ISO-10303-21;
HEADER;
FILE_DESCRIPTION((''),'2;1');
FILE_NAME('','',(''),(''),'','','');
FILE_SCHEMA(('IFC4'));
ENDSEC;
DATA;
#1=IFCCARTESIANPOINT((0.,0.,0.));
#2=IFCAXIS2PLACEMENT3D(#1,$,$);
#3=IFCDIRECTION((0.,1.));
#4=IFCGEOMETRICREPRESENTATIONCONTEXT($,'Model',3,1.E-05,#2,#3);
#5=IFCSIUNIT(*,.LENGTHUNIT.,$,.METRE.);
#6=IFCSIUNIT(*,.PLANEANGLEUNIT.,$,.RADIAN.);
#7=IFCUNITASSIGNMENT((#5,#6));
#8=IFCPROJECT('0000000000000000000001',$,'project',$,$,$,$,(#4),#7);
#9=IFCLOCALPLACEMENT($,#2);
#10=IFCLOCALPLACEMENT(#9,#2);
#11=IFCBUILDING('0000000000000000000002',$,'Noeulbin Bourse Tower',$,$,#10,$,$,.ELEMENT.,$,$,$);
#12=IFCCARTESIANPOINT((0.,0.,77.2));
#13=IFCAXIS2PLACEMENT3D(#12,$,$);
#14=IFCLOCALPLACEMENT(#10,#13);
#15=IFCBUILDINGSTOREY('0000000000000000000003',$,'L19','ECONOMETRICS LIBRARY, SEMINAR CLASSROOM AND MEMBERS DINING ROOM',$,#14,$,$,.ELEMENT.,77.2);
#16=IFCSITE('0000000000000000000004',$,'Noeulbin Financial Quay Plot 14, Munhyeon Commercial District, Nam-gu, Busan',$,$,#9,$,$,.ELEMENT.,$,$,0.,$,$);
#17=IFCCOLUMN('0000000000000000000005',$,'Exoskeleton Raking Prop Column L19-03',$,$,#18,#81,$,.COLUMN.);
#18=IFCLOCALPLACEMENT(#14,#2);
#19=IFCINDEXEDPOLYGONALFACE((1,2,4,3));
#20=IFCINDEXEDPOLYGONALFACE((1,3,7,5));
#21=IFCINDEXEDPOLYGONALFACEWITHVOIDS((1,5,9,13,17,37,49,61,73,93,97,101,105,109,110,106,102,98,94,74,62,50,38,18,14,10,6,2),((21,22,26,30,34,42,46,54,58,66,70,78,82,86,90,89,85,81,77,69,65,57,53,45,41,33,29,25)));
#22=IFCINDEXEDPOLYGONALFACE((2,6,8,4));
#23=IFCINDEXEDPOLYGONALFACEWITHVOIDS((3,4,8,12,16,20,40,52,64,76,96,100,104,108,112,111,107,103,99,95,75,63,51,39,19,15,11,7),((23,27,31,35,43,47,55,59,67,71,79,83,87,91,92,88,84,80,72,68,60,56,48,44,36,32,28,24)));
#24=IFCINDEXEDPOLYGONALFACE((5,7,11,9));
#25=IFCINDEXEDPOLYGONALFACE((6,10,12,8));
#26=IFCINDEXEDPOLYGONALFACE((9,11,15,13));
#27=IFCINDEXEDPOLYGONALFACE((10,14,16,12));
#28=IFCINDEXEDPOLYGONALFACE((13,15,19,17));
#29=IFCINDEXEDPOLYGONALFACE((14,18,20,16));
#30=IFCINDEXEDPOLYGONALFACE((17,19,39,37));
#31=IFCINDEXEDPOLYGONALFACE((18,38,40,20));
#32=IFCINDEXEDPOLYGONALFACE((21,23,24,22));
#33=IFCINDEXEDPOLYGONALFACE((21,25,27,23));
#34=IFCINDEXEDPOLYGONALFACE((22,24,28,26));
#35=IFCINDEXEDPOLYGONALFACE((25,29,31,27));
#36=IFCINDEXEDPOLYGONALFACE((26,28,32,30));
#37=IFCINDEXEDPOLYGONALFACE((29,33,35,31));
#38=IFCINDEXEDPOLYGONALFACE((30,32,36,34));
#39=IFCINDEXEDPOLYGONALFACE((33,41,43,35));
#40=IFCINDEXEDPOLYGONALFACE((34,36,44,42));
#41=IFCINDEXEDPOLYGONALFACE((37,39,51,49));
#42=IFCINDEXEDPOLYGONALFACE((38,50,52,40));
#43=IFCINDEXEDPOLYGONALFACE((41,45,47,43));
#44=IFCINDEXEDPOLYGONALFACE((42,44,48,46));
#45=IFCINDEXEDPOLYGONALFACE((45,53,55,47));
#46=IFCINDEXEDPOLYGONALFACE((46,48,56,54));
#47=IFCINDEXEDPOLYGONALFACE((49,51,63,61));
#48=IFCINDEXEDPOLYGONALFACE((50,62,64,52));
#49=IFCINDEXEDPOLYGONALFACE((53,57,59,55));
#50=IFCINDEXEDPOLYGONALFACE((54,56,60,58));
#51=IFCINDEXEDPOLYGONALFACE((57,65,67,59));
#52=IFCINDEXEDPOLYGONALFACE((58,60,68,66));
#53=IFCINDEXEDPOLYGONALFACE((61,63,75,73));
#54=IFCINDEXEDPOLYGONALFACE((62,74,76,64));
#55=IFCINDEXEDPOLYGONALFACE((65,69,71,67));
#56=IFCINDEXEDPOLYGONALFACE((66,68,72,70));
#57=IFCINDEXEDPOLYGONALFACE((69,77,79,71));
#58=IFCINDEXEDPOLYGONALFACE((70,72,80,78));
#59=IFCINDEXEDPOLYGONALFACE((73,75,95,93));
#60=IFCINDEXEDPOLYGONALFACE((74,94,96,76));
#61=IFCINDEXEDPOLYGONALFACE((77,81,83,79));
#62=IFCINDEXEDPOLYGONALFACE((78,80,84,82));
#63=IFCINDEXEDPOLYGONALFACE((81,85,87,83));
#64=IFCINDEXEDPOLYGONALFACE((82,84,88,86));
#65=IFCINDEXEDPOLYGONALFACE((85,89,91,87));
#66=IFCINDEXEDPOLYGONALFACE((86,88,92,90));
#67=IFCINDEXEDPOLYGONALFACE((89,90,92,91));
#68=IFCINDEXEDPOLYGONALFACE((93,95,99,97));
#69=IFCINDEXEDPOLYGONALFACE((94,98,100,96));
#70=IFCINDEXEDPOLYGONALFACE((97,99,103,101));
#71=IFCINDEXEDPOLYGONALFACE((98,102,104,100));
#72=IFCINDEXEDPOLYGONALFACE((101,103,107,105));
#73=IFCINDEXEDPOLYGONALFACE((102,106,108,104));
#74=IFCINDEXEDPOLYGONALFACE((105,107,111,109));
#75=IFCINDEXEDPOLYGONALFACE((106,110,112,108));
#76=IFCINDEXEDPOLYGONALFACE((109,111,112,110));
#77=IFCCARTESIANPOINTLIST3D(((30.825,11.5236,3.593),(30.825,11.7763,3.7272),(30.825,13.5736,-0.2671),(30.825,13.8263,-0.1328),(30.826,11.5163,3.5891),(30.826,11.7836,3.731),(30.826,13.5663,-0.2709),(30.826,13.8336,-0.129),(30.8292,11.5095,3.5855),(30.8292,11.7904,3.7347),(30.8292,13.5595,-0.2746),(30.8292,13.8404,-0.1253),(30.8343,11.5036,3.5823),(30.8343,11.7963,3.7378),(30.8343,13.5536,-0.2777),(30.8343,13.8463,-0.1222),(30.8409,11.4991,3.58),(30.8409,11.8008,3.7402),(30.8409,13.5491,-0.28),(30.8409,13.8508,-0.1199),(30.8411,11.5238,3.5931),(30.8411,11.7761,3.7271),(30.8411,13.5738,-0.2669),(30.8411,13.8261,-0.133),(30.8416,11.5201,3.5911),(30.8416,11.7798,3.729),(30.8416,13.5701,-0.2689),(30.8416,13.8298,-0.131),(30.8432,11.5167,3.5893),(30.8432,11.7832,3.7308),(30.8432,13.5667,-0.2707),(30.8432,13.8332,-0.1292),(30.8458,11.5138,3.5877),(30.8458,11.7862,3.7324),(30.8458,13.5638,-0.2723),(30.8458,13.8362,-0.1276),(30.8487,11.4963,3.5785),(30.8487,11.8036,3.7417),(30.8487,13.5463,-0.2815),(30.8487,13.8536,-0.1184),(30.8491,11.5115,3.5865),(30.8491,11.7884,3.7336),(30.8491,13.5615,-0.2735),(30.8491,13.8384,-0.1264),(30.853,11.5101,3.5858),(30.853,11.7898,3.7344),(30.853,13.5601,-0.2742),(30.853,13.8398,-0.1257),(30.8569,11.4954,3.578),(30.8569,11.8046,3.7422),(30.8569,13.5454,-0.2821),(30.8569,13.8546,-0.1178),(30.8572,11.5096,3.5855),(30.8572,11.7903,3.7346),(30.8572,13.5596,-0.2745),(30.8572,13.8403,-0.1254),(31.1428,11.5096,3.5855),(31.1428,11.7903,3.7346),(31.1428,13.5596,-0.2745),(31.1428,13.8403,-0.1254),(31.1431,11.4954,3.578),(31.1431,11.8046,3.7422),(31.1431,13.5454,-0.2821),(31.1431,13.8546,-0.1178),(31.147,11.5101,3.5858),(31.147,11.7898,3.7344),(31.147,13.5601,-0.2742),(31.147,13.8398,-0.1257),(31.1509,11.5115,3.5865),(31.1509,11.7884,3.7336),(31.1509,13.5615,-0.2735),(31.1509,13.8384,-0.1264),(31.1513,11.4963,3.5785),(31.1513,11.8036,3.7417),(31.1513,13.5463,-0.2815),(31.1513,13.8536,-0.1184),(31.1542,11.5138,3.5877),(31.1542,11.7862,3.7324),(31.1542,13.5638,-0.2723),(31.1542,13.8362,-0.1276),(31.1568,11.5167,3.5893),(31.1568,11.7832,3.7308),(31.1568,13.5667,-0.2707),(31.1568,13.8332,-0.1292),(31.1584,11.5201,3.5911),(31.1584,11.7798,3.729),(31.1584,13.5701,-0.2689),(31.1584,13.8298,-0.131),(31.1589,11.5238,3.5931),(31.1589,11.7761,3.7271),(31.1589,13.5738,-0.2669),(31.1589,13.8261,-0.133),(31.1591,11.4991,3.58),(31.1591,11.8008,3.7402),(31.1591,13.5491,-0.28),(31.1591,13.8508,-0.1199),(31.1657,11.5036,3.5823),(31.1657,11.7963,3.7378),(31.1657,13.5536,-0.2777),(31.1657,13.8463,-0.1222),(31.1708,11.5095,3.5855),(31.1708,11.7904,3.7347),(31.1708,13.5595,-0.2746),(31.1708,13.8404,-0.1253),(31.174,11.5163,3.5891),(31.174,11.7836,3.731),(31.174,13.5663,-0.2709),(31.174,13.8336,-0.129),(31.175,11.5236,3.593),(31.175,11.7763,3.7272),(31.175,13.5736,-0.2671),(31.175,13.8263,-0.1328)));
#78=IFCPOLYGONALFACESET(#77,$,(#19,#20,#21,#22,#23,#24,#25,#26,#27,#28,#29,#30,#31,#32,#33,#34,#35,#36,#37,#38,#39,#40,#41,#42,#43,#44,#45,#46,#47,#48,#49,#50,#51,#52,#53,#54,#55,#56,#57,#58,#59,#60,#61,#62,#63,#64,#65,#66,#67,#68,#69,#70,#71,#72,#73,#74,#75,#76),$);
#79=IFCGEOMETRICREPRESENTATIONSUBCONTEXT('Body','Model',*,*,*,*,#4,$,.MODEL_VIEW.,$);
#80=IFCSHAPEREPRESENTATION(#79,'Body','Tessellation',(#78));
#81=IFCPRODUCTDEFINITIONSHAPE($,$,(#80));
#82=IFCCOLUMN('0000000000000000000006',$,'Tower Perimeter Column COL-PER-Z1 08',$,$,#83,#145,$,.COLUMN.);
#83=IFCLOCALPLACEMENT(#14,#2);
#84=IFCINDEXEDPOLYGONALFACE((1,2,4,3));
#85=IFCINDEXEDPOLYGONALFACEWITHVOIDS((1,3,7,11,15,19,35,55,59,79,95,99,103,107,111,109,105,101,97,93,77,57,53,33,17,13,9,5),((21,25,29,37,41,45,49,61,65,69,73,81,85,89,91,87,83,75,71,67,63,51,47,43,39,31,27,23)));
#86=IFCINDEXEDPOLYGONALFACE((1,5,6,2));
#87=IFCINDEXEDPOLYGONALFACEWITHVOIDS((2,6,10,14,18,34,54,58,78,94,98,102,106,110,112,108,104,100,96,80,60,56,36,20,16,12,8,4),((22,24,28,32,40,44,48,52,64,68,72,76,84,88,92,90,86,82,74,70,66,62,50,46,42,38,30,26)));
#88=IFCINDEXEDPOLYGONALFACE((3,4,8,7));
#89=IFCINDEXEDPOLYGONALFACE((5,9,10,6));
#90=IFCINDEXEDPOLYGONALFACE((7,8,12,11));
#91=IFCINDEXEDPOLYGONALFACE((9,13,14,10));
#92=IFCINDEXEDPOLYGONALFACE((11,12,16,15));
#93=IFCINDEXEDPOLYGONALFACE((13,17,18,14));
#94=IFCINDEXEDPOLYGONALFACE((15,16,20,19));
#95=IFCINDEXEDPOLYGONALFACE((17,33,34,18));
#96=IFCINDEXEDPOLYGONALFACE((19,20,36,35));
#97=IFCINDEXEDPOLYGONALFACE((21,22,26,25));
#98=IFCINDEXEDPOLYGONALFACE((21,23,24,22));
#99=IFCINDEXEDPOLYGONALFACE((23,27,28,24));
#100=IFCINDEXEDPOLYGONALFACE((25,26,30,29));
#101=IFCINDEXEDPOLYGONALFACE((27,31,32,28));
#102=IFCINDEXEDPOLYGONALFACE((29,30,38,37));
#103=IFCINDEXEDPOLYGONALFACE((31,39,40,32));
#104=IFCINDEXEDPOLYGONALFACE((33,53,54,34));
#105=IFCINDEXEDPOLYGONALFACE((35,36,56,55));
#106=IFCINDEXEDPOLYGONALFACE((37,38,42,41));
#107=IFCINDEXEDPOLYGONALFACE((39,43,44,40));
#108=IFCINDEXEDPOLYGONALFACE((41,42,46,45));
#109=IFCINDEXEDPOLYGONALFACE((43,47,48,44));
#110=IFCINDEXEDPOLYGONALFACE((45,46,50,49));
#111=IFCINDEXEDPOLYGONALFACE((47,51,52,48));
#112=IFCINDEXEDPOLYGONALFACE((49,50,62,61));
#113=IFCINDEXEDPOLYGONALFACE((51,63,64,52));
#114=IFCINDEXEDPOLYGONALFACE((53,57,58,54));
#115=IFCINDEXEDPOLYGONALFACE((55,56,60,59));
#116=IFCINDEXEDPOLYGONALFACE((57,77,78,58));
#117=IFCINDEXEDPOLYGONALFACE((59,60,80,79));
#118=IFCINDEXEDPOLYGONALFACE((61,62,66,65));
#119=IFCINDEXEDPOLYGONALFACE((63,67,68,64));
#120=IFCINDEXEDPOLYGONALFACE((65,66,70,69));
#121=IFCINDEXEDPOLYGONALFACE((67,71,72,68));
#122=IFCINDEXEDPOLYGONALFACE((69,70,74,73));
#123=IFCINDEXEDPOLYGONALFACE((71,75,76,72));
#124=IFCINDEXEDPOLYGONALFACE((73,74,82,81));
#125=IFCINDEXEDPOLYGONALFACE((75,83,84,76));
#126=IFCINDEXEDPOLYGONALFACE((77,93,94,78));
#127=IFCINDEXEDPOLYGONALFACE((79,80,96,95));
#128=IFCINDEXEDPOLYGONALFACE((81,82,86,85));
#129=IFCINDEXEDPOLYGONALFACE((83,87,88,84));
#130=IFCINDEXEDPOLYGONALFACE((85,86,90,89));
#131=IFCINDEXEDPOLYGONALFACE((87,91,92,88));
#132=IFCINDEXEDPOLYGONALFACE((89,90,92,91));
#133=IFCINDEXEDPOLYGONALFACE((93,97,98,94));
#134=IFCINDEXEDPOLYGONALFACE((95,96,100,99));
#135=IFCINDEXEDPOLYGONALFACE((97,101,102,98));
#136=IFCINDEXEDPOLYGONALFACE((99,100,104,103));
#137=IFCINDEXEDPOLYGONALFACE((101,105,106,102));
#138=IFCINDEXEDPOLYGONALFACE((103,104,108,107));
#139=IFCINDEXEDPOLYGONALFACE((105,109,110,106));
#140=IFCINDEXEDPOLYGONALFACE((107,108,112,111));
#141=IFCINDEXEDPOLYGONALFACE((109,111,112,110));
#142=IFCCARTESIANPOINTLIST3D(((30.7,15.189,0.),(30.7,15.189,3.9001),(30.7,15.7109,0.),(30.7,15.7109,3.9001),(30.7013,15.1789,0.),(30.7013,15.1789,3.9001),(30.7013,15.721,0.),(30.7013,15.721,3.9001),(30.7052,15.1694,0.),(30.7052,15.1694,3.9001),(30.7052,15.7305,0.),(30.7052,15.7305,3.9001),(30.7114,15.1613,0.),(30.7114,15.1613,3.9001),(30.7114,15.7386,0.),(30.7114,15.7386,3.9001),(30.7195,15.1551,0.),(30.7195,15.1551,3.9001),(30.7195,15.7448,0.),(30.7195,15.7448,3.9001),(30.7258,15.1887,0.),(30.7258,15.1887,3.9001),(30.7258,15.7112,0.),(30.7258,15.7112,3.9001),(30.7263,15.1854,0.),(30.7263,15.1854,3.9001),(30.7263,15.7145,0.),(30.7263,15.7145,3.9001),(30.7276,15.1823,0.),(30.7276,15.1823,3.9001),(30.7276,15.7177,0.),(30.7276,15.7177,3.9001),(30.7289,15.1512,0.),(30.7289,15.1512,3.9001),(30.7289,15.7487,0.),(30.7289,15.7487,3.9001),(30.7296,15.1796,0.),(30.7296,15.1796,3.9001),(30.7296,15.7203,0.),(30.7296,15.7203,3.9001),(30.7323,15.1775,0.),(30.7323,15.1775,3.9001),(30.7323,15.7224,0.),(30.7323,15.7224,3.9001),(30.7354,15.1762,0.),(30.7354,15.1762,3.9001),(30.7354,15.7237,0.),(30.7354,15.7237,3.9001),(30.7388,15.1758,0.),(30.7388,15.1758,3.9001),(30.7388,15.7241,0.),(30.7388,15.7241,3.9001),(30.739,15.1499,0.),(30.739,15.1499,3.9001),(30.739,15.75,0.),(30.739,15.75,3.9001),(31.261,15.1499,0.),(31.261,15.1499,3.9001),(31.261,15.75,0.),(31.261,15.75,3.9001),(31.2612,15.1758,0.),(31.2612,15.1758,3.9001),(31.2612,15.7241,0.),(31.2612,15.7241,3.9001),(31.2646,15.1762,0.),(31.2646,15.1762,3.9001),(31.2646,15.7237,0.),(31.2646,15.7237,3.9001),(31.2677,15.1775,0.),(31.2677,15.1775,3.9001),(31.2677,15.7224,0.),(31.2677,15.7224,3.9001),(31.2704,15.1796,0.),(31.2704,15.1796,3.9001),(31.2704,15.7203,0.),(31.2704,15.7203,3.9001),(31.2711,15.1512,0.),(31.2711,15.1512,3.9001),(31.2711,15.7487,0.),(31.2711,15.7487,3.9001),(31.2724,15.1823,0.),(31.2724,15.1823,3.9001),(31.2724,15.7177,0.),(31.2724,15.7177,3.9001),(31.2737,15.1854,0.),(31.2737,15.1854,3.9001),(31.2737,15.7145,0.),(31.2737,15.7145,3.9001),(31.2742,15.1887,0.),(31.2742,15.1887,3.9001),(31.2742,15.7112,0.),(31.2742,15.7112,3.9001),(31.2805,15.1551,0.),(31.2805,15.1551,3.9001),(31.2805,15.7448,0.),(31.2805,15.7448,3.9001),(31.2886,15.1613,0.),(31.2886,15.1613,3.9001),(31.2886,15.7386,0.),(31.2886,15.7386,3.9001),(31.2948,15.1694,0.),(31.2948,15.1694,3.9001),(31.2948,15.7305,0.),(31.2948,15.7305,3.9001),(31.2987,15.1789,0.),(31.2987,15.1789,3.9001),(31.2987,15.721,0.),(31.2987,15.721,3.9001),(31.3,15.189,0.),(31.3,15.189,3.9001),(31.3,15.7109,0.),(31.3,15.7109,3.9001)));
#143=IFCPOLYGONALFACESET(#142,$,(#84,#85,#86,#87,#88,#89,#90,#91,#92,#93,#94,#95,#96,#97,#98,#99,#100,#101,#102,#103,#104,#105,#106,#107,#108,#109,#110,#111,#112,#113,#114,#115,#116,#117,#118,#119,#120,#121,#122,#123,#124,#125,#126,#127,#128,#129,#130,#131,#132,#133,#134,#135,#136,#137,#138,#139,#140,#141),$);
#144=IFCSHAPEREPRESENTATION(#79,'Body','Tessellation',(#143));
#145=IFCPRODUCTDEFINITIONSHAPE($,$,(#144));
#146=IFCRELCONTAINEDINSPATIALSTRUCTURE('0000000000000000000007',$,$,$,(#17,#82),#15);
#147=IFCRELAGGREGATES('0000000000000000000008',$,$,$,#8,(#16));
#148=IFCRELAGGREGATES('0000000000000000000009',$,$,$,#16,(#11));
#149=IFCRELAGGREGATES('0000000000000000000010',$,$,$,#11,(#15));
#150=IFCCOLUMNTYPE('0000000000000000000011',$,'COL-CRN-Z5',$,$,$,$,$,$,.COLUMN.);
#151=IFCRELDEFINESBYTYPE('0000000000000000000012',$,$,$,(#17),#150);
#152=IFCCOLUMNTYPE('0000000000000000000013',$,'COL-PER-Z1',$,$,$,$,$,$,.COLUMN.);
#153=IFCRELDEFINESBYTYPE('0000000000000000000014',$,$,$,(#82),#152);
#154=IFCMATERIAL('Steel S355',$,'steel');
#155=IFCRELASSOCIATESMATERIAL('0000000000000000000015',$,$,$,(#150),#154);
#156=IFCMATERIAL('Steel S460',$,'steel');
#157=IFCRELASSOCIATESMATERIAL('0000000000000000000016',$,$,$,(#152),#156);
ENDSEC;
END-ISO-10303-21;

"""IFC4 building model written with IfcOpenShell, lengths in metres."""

from ifc_helpers import new_model, si_unit, direction, frame, origin, origin_2d, place, context, subcontext, project, spatial, hollow_rectangle, extrude, material, material_profile, profile_set, type_object, element, save


model = new_model("IFC4")

# Units and contexts
model_context = context("Model", 3, precision=1e-05, world=origin(), true_north=direction((0.0, 1.0)))
body_context = subcontext(model_context, "Body", "Model", "MODEL_VIEW")
ifc_project = project(units=[si_unit("LENGTHUNIT", "METRE"), si_unit("PLANEANGLEUNIT", "RADIAN")], contexts=[model_context])

# Site, building, storey
site_placement = place(None, origin())
site = spatial("IfcSite", under=ifc_project, at=site_placement, Name="Noeulbin Financial Quay Plot 14, Munhyeon Commercial District, Nam-gu, Busan", CompositionType="ELEMENT", RefElevation=0.0)
building_placement = place(site_placement, origin())
building = spatial("IfcBuilding", under=site, at=building_placement, Name="Noeulbin Bourse Tower", CompositionType="ELEMENT")
storey_placement = place(building_placement, frame((0.0, 0.0, 77.2)))
storey = spatial("IfcBuildingStorey", under=building, at=storey_placement, Name="L19", Description="ECONOMETRICS LIBRARY, SEMINAR CLASSROOM AND MEMBERS DINING ROOM", CompositionType="ELEMENT", Elevation=77.2)

# Columns
ifc_material_1 = material(Name="Steel S355", Category="steel")
ifc_material_profile_1 = material_profile(ifc_material_1, hollow_rectangle(XDim=0.3501, YDim=0.3501, WallThickness=0.0161, InnerFilletRadius=0.0161, OuterFilletRadius=0.032, at=origin_2d()), Name="SHS-350x350x16", Category="LoadBearing")
ifc_profile_set_1 = profile_set([ifc_material_profile_1], Name="Steel S355")
column_type_1 = type_object("IfcColumnType", Name="COL-CRN-Z5", PredefinedType="COLUMN", material=ifc_profile_set_1)
column_1_placement = place(storey_placement, frame((31.0, 13.7, -0.2), z_axis=(0.0, -0.469042, 0.883176), x_axis=(1.0, 0.0, 0.0)))
element("IfcColumn", 1, at=column_1_placement, inside=storey, type_object=column_type_1, Name="Exoskeleton Raking Prop Column L19-03", PredefinedType="COLUMN", context=body_context, shape_type="SweptSolid", body=[
    extrude(hollow_rectangle(XDim=0.3501, YDim=0.3501, WallThickness=0.0161, InnerFilletRadius=0.0161, OuterFilletRadius=0.032, at=origin_2d()), origin(), (0.0, 0.0, 1.0), 4.3706),
])
ifc_material_2 = material(Name="Steel S460", Category="steel")
ifc_material_profile_2 = material_profile(ifc_material_2, hollow_rectangle(XDim=0.6001, YDim=0.6001, WallThickness=0.0259, InnerFilletRadius=0.0129, OuterFilletRadius=0.0391, at=origin_2d()), Name="BOX-600x600x26", Category="LoadBearing")
ifc_profile_set_2 = profile_set([ifc_material_profile_2], Name="Steel S460")
column_type_2 = type_object("IfcColumnType", Name="COL-PER-Z1", PredefinedType="COLUMN", material=ifc_profile_set_2)
column_2_placement = place(storey_placement, frame((31.0, 15.45, 0.0), z_axis=(0.0, 0.0, 1.0), x_axis=(1.0, 0.0, 0.0)))
element("IfcColumn", 2, at=column_2_placement, inside=storey, type_object=column_type_2, Name="Tower Perimeter Column COL-PER-Z1 08", PredefinedType="COLUMN", context=body_context, shape_type="SweptSolid", body=[
    extrude(hollow_rectangle(XDim=0.6001, YDim=0.6001, WallThickness=0.0259, InnerFilletRadius=0.0129, OuterFilletRadius=0.0391, at=origin_2d()), origin(), (0.0, 0.0, 1.0), 3.9001),
])

save(model, "model.ifc")
